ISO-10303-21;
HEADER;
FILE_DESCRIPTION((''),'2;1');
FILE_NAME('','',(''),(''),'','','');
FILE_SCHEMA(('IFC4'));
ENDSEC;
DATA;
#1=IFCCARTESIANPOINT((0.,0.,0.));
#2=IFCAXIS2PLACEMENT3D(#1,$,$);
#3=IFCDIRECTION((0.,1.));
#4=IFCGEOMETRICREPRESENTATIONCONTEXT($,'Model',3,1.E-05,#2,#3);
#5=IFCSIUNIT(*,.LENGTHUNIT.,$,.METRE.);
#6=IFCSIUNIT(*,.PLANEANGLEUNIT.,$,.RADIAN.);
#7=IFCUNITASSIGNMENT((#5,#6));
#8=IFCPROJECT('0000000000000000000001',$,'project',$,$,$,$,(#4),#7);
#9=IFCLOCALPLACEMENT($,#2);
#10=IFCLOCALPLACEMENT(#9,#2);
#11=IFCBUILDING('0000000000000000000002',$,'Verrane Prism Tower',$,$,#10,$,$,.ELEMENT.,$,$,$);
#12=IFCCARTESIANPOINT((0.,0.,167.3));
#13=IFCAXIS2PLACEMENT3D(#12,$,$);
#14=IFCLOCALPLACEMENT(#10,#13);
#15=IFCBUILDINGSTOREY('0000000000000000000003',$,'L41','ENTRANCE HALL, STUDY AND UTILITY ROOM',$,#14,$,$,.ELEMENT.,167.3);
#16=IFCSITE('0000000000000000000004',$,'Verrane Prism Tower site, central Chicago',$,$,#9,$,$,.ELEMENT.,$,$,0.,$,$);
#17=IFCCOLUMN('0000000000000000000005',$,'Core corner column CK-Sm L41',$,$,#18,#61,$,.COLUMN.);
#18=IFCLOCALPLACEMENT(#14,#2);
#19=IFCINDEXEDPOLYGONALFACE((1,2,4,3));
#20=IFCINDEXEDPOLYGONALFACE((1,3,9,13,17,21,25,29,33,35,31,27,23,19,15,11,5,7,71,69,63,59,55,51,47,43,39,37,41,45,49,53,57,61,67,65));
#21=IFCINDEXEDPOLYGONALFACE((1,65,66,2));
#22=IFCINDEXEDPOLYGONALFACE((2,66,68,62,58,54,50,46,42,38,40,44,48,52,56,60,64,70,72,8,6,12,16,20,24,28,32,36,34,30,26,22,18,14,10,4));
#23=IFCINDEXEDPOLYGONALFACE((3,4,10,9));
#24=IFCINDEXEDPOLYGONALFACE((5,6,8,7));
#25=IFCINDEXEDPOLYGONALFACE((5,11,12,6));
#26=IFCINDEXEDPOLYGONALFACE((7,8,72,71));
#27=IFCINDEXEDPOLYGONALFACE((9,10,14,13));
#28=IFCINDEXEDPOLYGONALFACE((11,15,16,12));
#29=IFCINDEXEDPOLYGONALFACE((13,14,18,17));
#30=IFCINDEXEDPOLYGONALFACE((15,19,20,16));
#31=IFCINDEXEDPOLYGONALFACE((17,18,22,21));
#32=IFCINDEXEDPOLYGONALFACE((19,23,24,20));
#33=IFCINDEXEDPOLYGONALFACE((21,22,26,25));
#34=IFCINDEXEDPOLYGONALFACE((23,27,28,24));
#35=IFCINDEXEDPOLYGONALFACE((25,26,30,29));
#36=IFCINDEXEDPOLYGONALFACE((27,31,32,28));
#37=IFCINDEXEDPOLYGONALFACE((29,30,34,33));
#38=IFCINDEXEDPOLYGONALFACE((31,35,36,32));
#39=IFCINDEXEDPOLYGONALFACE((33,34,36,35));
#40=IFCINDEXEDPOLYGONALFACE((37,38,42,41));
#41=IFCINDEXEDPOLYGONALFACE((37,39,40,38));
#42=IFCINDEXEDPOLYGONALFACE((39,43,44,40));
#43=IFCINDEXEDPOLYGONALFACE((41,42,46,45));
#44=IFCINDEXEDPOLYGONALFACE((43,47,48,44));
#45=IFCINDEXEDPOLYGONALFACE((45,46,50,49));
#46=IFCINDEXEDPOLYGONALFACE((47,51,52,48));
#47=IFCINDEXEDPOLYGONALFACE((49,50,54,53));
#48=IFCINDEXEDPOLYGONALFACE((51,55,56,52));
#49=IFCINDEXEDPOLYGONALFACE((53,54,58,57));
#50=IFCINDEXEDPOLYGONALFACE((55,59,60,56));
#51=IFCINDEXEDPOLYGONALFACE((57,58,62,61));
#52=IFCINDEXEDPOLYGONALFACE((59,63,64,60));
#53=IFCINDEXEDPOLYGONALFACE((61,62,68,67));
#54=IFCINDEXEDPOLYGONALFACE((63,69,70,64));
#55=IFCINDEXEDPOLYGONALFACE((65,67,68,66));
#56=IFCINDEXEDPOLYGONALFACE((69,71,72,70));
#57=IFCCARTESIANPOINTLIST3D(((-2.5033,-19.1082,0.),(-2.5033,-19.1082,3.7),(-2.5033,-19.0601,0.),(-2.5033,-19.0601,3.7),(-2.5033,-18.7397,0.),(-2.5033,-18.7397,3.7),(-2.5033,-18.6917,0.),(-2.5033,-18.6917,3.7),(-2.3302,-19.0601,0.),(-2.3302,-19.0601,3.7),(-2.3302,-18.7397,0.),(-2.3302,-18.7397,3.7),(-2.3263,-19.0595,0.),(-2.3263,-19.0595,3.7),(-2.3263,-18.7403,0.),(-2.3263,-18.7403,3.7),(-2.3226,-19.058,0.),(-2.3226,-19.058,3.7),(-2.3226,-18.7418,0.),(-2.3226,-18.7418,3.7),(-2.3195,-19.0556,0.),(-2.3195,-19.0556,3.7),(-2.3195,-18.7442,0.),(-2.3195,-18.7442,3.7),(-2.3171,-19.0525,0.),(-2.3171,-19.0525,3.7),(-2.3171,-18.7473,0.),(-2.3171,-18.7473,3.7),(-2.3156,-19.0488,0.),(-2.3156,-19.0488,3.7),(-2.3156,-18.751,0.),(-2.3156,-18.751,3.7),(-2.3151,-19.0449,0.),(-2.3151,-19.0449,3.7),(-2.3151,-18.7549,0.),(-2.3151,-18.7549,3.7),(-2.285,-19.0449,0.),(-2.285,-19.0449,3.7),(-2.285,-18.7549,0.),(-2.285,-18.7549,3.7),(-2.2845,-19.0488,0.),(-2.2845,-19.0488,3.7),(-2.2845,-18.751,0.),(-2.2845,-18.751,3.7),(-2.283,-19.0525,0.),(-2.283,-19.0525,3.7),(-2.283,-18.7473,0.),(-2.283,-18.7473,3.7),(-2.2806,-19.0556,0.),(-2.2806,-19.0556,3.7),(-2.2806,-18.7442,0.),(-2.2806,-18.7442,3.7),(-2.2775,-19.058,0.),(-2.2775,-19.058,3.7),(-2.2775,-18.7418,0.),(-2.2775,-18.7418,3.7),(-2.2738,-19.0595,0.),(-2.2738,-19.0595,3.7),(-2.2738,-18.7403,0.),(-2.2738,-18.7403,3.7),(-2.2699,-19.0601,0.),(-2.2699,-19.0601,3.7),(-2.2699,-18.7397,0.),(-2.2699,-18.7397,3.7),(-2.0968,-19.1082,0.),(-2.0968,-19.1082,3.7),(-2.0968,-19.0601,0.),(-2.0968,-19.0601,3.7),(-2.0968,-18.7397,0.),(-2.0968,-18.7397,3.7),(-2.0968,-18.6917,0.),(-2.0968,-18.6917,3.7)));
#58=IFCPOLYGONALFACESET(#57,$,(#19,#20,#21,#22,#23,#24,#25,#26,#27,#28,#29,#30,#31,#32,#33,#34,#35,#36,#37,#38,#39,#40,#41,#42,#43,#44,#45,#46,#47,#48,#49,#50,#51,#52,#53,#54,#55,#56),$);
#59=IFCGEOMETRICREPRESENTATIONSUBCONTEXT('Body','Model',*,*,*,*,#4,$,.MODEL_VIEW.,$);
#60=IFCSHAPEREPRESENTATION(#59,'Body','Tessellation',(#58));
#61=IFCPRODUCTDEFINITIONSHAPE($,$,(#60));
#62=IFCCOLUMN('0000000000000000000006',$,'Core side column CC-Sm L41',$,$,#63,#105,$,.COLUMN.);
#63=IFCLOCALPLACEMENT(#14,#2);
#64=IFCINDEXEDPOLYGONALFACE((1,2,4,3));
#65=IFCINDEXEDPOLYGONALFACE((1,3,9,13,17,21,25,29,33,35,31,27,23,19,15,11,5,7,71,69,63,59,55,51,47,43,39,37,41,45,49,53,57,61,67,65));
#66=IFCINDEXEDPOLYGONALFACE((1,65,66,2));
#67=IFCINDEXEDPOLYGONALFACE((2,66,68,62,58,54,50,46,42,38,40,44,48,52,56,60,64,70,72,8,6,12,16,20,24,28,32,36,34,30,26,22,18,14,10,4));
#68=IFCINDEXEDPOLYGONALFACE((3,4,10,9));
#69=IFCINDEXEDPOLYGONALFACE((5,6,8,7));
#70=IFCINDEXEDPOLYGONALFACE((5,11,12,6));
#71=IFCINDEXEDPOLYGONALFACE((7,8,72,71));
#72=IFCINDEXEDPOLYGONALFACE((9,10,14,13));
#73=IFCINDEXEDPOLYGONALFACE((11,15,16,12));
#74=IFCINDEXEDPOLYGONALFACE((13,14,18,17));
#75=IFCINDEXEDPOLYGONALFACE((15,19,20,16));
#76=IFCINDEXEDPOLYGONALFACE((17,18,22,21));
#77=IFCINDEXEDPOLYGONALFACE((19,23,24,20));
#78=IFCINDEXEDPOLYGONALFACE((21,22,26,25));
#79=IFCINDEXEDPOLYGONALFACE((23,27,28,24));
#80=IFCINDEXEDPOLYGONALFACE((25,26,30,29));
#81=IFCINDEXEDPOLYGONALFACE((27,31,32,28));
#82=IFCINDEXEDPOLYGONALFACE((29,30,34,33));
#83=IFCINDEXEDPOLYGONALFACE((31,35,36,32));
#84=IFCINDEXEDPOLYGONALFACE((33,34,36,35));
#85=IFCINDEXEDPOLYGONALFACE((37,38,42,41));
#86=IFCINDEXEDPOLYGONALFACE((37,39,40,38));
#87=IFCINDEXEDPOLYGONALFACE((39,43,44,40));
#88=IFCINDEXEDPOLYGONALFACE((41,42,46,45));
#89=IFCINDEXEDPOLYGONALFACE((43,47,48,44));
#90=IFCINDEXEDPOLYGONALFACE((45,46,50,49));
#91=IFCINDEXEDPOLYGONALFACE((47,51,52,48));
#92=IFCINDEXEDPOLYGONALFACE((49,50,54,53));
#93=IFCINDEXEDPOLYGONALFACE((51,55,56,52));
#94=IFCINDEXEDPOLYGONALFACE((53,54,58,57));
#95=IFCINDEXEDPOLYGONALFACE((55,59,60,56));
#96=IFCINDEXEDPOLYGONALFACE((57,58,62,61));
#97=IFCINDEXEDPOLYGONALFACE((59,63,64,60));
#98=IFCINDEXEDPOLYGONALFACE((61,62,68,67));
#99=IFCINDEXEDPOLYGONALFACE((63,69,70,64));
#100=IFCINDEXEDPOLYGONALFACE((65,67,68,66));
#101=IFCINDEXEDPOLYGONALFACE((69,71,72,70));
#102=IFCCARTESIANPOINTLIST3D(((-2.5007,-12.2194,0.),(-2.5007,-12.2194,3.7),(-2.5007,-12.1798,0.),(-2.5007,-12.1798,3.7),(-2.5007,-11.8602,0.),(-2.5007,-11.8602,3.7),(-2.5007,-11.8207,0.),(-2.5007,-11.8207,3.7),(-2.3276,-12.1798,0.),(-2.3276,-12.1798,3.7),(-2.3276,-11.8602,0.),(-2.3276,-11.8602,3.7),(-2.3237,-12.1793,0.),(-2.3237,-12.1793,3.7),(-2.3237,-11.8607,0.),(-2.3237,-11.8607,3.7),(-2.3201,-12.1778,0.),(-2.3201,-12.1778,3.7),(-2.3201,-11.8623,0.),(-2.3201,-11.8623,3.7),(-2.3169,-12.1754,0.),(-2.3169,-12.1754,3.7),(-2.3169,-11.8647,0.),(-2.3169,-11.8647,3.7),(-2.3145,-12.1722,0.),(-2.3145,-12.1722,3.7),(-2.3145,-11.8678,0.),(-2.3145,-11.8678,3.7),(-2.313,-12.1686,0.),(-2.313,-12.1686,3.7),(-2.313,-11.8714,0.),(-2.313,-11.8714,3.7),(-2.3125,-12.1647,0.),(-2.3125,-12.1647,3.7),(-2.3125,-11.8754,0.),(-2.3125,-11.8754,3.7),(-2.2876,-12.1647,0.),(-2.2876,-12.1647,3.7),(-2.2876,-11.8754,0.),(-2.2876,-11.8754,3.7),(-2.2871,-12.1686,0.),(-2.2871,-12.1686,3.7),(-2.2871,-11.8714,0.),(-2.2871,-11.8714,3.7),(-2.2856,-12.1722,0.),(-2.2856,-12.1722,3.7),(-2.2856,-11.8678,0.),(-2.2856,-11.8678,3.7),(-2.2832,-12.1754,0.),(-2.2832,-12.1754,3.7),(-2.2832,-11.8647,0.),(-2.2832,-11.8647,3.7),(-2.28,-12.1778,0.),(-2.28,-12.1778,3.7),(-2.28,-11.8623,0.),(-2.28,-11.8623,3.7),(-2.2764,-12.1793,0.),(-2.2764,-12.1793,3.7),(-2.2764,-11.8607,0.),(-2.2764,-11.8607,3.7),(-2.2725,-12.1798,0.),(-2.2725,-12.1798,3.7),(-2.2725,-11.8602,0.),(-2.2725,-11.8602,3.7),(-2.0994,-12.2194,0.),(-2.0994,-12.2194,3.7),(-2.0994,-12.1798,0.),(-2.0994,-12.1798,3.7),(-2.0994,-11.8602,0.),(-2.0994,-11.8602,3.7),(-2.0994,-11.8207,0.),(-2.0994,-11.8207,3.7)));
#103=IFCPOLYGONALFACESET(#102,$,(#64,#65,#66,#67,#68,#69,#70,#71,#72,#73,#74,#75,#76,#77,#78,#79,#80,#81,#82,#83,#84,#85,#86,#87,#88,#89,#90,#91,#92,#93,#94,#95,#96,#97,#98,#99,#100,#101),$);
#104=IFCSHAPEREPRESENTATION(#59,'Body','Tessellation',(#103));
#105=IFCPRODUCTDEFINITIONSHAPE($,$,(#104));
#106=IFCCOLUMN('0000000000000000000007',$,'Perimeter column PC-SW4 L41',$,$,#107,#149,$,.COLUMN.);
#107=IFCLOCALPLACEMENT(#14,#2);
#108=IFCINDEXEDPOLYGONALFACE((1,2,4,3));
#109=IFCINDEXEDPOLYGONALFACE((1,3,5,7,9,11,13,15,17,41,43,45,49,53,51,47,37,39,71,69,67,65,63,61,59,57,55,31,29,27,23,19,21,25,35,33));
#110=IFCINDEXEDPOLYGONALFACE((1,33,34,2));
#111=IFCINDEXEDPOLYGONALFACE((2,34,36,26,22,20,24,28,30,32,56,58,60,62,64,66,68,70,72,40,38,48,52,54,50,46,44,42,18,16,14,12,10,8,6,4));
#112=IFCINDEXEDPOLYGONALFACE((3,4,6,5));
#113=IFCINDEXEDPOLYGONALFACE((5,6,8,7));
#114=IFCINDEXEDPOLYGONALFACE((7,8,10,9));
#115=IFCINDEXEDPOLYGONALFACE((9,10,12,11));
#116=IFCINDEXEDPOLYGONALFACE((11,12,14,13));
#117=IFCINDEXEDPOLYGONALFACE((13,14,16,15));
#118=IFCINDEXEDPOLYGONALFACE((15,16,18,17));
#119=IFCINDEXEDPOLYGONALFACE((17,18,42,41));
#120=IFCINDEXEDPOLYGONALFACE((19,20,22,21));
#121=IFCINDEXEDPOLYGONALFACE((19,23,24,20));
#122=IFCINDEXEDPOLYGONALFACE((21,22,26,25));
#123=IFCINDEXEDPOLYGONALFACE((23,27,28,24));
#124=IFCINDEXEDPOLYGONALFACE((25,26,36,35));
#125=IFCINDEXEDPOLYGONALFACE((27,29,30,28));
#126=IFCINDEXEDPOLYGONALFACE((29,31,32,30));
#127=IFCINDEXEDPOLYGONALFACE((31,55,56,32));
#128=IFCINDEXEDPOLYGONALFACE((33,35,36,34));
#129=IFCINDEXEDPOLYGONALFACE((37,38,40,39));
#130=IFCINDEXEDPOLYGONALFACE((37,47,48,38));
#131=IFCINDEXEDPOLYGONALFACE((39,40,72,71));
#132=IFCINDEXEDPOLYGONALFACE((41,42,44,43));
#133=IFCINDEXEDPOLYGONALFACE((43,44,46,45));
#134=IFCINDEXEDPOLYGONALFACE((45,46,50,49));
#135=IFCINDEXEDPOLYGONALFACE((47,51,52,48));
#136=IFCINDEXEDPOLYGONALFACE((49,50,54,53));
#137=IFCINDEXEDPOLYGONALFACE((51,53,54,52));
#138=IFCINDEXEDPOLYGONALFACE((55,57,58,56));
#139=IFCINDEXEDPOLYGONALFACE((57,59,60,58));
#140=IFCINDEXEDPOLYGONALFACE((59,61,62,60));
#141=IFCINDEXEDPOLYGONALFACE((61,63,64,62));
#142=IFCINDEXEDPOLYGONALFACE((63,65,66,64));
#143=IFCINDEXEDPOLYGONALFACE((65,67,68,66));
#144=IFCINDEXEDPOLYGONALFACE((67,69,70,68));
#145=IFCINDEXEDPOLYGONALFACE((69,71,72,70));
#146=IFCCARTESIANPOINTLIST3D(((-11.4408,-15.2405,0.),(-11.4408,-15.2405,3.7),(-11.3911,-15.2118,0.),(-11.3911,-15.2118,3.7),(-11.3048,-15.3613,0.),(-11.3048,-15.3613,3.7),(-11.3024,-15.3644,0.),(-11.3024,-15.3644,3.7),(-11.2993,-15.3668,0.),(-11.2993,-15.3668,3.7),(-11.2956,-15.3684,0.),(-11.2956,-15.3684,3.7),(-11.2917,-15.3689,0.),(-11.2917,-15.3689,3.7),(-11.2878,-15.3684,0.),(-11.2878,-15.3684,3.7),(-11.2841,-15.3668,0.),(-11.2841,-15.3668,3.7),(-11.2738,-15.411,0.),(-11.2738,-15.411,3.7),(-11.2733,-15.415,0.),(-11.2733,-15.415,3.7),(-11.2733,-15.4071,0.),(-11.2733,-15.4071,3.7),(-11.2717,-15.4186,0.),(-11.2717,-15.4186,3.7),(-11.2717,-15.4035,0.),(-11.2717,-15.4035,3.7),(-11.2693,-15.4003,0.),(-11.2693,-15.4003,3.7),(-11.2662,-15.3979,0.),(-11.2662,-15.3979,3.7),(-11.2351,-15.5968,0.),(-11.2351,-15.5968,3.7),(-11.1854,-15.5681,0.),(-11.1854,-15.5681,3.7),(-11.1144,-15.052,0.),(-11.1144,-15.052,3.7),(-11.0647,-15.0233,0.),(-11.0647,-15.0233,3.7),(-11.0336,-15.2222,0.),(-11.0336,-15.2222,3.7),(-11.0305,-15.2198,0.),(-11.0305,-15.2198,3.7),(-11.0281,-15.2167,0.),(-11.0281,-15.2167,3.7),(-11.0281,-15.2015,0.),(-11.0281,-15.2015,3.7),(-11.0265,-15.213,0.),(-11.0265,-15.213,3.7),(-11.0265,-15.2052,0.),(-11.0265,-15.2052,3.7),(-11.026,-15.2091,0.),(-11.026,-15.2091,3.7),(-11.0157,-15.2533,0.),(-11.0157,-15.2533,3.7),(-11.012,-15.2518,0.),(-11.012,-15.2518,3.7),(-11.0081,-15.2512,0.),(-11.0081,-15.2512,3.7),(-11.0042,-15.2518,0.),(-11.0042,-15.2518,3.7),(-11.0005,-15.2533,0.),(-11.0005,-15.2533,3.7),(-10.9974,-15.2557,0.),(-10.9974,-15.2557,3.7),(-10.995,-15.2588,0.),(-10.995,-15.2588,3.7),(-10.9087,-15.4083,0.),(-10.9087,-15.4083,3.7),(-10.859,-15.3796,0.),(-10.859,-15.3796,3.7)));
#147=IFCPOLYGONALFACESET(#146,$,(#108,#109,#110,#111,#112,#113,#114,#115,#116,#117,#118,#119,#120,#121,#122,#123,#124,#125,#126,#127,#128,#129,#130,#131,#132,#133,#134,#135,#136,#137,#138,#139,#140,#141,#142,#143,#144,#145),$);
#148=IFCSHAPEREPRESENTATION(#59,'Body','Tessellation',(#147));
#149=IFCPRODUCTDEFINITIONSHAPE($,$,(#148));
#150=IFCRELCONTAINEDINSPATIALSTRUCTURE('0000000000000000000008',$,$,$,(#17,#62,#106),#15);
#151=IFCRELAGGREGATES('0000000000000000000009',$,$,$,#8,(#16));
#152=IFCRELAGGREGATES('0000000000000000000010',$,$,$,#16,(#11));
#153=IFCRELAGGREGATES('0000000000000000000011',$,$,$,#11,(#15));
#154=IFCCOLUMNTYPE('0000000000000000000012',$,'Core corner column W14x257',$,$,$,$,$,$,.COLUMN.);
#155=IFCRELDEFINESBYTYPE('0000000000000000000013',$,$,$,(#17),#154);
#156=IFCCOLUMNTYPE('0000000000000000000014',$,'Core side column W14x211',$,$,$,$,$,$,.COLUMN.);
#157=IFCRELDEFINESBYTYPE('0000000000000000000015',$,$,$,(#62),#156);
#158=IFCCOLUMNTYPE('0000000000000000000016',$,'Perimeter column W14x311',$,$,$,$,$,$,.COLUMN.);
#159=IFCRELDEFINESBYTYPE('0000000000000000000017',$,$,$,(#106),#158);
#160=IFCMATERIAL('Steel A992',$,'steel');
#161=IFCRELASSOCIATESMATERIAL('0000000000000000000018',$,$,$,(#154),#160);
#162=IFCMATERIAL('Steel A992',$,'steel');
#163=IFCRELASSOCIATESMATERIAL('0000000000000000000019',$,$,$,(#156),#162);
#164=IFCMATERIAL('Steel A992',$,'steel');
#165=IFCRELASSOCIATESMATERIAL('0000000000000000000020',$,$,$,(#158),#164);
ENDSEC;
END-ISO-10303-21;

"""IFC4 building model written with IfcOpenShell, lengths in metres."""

from ifc_helpers import new_model, si_unit, direction, frame, origin, origin_2d, place, context, subcontext, project, spatial, i_section, extrude, material, material_profile, profile_set, type_object, element, save


model = new_model("IFC4")

# Units and contexts
model_context = context("Model", 3, precision=1e-05, world=origin(), true_north=direction((0.0, 1.0)))
body_context = subcontext(model_context, "Body", "Model", "MODEL_VIEW")
ifc_project = project(units=[si_unit("LENGTHUNIT", "METRE"), si_unit("PLANEANGLEUNIT", "RADIAN")], contexts=[model_context])

# Site, building, storey
site_placement = place(None, origin())
site = spatial("IfcSite", under=ifc_project, at=site_placement, Name="Verrane Prism Tower site, central Chicago", CompositionType="ELEMENT", RefElevation=0.0)
building_placement = place(site_placement, origin())
building = spatial("IfcBuilding", under=site, at=building_placement, Name="Verrane Prism Tower", CompositionType="ELEMENT")
storey_placement = place(building_placement, frame((0.0, 0.0, 167.3)))
storey = spatial("IfcBuildingStorey", under=building, at=storey_placement, Name="L41", Description="ENTRANCE HALL, STUDY AND UTILITY ROOM", CompositionType="ELEMENT", Elevation=167.3)

# Columns
ifc_material_1 = material(Name="Steel A992", Category="steel")
ifc_material_profile_1 = material_profile(ifc_material_1, i_section(OverallWidth=0.4065, OverallDepth=0.4165, WebThickness=0.03, FlangeThickness=0.0481, FilletRadius=0.0151, at=origin_2d()), Name="W14x257")
ifc_profile_set_1 = profile_set([ifc_material_profile_1], Name="Steel A992")
column_type_1 = type_object("IfcColumnType", Name="Core corner column W14x257", PredefinedType="COLUMN", material=ifc_profile_set_1)
column_1_placement = place(storey_placement, frame((-2.3, -18.8999, 0.0), z_axis=(0.0, 0.0, 1.0), x_axis=(-1.0, 0.0, 0.0)))
element("IfcColumn", 1, at=column_1_placement, inside=storey, type_object=column_type_1, Name="Core corner column CK-Sm L41", PredefinedType="COLUMN", context=body_context, shape_type="SweptSolid", body=[
    extrude(i_section(OverallWidth=0.4065, OverallDepth=0.4165, WebThickness=0.03, FlangeThickness=0.0481, FilletRadius=0.0151, at=origin_2d()), origin(), (0.0, 0.0, 1.0), 3.7),
])
ifc_material_2 = material(Name="Steel A992", Category="steel")
ifc_material_profile_2 = material_profile(ifc_material_2, i_section(OverallWidth=0.4014, OverallDepth=0.3987, WebThickness=0.0249, FlangeThickness=0.0396, FilletRadius=0.0151, at=origin_2d()), Name="W14x211")
ifc_profile_set_2 = profile_set([ifc_material_profile_2], Name="Steel A992")
column_type_2 = type_object("IfcColumnType", Name="Core side column W14x211", PredefinedType="COLUMN", material=ifc_profile_set_2)
column_2_placement = place(storey_placement, frame((-2.3, -12.02, 0.0), z_axis=(0.0, 0.0, 1.0), x_axis=(1.0, 0.0, 0.0)))
element("IfcColumn", 2, at=column_2_placement, inside=storey, type_object=column_type_2, Name="Core side column CC-Sm L41", PredefinedType="COLUMN", context=body_context, shape_type="SweptSolid", body=[
    extrude(i_section(OverallWidth=0.4014, OverallDepth=0.3987, WebThickness=0.0249, FlangeThickness=0.0396, FilletRadius=0.0151, at=origin_2d()), origin(), (0.0, 0.0, 1.0), 3.7),
])
ifc_material_3 = material(Name="Steel A992", Category="steel")
ifc_material_profile_3 = material_profile(ifc_material_3, i_section(OverallWidth=0.4114, OverallDepth=0.4343, WebThickness=0.0359, FlangeThickness=0.0574, FilletRadius=0.0151, at=origin_2d()), Name="W14x311")
ifc_profile_set_3 = profile_set([ifc_material_profile_3], Name="Steel A992")
column_type_3 = type_object("IfcColumnType", Name="Perimeter column W14x311", PredefinedType="COLUMN", material=ifc_profile_set_3)
column_3_placement = place(storey_placement, frame((-11.1499, -15.3101, 0.0), z_axis=(0.0, 0.0, 1.0), x_axis=(-0.5, 0.866025, 0.0)))
element("IfcColumn", 3, at=column_3_placement, inside=storey, type_object=column_type_3, Name="Perimeter column PC-SW4 L41", PredefinedType="COLUMN", context=body_context, shape_type="SweptSolid", body=[
    extrude(i_section(OverallWidth=0.4114, OverallDepth=0.4343, WebThickness=0.0359, FlangeThickness=0.0574, FilletRadius=0.0151, at=origin_2d()), origin(), (0.0, 0.0, 1.0), 3.7),
])

save(model, "model.ifc")
